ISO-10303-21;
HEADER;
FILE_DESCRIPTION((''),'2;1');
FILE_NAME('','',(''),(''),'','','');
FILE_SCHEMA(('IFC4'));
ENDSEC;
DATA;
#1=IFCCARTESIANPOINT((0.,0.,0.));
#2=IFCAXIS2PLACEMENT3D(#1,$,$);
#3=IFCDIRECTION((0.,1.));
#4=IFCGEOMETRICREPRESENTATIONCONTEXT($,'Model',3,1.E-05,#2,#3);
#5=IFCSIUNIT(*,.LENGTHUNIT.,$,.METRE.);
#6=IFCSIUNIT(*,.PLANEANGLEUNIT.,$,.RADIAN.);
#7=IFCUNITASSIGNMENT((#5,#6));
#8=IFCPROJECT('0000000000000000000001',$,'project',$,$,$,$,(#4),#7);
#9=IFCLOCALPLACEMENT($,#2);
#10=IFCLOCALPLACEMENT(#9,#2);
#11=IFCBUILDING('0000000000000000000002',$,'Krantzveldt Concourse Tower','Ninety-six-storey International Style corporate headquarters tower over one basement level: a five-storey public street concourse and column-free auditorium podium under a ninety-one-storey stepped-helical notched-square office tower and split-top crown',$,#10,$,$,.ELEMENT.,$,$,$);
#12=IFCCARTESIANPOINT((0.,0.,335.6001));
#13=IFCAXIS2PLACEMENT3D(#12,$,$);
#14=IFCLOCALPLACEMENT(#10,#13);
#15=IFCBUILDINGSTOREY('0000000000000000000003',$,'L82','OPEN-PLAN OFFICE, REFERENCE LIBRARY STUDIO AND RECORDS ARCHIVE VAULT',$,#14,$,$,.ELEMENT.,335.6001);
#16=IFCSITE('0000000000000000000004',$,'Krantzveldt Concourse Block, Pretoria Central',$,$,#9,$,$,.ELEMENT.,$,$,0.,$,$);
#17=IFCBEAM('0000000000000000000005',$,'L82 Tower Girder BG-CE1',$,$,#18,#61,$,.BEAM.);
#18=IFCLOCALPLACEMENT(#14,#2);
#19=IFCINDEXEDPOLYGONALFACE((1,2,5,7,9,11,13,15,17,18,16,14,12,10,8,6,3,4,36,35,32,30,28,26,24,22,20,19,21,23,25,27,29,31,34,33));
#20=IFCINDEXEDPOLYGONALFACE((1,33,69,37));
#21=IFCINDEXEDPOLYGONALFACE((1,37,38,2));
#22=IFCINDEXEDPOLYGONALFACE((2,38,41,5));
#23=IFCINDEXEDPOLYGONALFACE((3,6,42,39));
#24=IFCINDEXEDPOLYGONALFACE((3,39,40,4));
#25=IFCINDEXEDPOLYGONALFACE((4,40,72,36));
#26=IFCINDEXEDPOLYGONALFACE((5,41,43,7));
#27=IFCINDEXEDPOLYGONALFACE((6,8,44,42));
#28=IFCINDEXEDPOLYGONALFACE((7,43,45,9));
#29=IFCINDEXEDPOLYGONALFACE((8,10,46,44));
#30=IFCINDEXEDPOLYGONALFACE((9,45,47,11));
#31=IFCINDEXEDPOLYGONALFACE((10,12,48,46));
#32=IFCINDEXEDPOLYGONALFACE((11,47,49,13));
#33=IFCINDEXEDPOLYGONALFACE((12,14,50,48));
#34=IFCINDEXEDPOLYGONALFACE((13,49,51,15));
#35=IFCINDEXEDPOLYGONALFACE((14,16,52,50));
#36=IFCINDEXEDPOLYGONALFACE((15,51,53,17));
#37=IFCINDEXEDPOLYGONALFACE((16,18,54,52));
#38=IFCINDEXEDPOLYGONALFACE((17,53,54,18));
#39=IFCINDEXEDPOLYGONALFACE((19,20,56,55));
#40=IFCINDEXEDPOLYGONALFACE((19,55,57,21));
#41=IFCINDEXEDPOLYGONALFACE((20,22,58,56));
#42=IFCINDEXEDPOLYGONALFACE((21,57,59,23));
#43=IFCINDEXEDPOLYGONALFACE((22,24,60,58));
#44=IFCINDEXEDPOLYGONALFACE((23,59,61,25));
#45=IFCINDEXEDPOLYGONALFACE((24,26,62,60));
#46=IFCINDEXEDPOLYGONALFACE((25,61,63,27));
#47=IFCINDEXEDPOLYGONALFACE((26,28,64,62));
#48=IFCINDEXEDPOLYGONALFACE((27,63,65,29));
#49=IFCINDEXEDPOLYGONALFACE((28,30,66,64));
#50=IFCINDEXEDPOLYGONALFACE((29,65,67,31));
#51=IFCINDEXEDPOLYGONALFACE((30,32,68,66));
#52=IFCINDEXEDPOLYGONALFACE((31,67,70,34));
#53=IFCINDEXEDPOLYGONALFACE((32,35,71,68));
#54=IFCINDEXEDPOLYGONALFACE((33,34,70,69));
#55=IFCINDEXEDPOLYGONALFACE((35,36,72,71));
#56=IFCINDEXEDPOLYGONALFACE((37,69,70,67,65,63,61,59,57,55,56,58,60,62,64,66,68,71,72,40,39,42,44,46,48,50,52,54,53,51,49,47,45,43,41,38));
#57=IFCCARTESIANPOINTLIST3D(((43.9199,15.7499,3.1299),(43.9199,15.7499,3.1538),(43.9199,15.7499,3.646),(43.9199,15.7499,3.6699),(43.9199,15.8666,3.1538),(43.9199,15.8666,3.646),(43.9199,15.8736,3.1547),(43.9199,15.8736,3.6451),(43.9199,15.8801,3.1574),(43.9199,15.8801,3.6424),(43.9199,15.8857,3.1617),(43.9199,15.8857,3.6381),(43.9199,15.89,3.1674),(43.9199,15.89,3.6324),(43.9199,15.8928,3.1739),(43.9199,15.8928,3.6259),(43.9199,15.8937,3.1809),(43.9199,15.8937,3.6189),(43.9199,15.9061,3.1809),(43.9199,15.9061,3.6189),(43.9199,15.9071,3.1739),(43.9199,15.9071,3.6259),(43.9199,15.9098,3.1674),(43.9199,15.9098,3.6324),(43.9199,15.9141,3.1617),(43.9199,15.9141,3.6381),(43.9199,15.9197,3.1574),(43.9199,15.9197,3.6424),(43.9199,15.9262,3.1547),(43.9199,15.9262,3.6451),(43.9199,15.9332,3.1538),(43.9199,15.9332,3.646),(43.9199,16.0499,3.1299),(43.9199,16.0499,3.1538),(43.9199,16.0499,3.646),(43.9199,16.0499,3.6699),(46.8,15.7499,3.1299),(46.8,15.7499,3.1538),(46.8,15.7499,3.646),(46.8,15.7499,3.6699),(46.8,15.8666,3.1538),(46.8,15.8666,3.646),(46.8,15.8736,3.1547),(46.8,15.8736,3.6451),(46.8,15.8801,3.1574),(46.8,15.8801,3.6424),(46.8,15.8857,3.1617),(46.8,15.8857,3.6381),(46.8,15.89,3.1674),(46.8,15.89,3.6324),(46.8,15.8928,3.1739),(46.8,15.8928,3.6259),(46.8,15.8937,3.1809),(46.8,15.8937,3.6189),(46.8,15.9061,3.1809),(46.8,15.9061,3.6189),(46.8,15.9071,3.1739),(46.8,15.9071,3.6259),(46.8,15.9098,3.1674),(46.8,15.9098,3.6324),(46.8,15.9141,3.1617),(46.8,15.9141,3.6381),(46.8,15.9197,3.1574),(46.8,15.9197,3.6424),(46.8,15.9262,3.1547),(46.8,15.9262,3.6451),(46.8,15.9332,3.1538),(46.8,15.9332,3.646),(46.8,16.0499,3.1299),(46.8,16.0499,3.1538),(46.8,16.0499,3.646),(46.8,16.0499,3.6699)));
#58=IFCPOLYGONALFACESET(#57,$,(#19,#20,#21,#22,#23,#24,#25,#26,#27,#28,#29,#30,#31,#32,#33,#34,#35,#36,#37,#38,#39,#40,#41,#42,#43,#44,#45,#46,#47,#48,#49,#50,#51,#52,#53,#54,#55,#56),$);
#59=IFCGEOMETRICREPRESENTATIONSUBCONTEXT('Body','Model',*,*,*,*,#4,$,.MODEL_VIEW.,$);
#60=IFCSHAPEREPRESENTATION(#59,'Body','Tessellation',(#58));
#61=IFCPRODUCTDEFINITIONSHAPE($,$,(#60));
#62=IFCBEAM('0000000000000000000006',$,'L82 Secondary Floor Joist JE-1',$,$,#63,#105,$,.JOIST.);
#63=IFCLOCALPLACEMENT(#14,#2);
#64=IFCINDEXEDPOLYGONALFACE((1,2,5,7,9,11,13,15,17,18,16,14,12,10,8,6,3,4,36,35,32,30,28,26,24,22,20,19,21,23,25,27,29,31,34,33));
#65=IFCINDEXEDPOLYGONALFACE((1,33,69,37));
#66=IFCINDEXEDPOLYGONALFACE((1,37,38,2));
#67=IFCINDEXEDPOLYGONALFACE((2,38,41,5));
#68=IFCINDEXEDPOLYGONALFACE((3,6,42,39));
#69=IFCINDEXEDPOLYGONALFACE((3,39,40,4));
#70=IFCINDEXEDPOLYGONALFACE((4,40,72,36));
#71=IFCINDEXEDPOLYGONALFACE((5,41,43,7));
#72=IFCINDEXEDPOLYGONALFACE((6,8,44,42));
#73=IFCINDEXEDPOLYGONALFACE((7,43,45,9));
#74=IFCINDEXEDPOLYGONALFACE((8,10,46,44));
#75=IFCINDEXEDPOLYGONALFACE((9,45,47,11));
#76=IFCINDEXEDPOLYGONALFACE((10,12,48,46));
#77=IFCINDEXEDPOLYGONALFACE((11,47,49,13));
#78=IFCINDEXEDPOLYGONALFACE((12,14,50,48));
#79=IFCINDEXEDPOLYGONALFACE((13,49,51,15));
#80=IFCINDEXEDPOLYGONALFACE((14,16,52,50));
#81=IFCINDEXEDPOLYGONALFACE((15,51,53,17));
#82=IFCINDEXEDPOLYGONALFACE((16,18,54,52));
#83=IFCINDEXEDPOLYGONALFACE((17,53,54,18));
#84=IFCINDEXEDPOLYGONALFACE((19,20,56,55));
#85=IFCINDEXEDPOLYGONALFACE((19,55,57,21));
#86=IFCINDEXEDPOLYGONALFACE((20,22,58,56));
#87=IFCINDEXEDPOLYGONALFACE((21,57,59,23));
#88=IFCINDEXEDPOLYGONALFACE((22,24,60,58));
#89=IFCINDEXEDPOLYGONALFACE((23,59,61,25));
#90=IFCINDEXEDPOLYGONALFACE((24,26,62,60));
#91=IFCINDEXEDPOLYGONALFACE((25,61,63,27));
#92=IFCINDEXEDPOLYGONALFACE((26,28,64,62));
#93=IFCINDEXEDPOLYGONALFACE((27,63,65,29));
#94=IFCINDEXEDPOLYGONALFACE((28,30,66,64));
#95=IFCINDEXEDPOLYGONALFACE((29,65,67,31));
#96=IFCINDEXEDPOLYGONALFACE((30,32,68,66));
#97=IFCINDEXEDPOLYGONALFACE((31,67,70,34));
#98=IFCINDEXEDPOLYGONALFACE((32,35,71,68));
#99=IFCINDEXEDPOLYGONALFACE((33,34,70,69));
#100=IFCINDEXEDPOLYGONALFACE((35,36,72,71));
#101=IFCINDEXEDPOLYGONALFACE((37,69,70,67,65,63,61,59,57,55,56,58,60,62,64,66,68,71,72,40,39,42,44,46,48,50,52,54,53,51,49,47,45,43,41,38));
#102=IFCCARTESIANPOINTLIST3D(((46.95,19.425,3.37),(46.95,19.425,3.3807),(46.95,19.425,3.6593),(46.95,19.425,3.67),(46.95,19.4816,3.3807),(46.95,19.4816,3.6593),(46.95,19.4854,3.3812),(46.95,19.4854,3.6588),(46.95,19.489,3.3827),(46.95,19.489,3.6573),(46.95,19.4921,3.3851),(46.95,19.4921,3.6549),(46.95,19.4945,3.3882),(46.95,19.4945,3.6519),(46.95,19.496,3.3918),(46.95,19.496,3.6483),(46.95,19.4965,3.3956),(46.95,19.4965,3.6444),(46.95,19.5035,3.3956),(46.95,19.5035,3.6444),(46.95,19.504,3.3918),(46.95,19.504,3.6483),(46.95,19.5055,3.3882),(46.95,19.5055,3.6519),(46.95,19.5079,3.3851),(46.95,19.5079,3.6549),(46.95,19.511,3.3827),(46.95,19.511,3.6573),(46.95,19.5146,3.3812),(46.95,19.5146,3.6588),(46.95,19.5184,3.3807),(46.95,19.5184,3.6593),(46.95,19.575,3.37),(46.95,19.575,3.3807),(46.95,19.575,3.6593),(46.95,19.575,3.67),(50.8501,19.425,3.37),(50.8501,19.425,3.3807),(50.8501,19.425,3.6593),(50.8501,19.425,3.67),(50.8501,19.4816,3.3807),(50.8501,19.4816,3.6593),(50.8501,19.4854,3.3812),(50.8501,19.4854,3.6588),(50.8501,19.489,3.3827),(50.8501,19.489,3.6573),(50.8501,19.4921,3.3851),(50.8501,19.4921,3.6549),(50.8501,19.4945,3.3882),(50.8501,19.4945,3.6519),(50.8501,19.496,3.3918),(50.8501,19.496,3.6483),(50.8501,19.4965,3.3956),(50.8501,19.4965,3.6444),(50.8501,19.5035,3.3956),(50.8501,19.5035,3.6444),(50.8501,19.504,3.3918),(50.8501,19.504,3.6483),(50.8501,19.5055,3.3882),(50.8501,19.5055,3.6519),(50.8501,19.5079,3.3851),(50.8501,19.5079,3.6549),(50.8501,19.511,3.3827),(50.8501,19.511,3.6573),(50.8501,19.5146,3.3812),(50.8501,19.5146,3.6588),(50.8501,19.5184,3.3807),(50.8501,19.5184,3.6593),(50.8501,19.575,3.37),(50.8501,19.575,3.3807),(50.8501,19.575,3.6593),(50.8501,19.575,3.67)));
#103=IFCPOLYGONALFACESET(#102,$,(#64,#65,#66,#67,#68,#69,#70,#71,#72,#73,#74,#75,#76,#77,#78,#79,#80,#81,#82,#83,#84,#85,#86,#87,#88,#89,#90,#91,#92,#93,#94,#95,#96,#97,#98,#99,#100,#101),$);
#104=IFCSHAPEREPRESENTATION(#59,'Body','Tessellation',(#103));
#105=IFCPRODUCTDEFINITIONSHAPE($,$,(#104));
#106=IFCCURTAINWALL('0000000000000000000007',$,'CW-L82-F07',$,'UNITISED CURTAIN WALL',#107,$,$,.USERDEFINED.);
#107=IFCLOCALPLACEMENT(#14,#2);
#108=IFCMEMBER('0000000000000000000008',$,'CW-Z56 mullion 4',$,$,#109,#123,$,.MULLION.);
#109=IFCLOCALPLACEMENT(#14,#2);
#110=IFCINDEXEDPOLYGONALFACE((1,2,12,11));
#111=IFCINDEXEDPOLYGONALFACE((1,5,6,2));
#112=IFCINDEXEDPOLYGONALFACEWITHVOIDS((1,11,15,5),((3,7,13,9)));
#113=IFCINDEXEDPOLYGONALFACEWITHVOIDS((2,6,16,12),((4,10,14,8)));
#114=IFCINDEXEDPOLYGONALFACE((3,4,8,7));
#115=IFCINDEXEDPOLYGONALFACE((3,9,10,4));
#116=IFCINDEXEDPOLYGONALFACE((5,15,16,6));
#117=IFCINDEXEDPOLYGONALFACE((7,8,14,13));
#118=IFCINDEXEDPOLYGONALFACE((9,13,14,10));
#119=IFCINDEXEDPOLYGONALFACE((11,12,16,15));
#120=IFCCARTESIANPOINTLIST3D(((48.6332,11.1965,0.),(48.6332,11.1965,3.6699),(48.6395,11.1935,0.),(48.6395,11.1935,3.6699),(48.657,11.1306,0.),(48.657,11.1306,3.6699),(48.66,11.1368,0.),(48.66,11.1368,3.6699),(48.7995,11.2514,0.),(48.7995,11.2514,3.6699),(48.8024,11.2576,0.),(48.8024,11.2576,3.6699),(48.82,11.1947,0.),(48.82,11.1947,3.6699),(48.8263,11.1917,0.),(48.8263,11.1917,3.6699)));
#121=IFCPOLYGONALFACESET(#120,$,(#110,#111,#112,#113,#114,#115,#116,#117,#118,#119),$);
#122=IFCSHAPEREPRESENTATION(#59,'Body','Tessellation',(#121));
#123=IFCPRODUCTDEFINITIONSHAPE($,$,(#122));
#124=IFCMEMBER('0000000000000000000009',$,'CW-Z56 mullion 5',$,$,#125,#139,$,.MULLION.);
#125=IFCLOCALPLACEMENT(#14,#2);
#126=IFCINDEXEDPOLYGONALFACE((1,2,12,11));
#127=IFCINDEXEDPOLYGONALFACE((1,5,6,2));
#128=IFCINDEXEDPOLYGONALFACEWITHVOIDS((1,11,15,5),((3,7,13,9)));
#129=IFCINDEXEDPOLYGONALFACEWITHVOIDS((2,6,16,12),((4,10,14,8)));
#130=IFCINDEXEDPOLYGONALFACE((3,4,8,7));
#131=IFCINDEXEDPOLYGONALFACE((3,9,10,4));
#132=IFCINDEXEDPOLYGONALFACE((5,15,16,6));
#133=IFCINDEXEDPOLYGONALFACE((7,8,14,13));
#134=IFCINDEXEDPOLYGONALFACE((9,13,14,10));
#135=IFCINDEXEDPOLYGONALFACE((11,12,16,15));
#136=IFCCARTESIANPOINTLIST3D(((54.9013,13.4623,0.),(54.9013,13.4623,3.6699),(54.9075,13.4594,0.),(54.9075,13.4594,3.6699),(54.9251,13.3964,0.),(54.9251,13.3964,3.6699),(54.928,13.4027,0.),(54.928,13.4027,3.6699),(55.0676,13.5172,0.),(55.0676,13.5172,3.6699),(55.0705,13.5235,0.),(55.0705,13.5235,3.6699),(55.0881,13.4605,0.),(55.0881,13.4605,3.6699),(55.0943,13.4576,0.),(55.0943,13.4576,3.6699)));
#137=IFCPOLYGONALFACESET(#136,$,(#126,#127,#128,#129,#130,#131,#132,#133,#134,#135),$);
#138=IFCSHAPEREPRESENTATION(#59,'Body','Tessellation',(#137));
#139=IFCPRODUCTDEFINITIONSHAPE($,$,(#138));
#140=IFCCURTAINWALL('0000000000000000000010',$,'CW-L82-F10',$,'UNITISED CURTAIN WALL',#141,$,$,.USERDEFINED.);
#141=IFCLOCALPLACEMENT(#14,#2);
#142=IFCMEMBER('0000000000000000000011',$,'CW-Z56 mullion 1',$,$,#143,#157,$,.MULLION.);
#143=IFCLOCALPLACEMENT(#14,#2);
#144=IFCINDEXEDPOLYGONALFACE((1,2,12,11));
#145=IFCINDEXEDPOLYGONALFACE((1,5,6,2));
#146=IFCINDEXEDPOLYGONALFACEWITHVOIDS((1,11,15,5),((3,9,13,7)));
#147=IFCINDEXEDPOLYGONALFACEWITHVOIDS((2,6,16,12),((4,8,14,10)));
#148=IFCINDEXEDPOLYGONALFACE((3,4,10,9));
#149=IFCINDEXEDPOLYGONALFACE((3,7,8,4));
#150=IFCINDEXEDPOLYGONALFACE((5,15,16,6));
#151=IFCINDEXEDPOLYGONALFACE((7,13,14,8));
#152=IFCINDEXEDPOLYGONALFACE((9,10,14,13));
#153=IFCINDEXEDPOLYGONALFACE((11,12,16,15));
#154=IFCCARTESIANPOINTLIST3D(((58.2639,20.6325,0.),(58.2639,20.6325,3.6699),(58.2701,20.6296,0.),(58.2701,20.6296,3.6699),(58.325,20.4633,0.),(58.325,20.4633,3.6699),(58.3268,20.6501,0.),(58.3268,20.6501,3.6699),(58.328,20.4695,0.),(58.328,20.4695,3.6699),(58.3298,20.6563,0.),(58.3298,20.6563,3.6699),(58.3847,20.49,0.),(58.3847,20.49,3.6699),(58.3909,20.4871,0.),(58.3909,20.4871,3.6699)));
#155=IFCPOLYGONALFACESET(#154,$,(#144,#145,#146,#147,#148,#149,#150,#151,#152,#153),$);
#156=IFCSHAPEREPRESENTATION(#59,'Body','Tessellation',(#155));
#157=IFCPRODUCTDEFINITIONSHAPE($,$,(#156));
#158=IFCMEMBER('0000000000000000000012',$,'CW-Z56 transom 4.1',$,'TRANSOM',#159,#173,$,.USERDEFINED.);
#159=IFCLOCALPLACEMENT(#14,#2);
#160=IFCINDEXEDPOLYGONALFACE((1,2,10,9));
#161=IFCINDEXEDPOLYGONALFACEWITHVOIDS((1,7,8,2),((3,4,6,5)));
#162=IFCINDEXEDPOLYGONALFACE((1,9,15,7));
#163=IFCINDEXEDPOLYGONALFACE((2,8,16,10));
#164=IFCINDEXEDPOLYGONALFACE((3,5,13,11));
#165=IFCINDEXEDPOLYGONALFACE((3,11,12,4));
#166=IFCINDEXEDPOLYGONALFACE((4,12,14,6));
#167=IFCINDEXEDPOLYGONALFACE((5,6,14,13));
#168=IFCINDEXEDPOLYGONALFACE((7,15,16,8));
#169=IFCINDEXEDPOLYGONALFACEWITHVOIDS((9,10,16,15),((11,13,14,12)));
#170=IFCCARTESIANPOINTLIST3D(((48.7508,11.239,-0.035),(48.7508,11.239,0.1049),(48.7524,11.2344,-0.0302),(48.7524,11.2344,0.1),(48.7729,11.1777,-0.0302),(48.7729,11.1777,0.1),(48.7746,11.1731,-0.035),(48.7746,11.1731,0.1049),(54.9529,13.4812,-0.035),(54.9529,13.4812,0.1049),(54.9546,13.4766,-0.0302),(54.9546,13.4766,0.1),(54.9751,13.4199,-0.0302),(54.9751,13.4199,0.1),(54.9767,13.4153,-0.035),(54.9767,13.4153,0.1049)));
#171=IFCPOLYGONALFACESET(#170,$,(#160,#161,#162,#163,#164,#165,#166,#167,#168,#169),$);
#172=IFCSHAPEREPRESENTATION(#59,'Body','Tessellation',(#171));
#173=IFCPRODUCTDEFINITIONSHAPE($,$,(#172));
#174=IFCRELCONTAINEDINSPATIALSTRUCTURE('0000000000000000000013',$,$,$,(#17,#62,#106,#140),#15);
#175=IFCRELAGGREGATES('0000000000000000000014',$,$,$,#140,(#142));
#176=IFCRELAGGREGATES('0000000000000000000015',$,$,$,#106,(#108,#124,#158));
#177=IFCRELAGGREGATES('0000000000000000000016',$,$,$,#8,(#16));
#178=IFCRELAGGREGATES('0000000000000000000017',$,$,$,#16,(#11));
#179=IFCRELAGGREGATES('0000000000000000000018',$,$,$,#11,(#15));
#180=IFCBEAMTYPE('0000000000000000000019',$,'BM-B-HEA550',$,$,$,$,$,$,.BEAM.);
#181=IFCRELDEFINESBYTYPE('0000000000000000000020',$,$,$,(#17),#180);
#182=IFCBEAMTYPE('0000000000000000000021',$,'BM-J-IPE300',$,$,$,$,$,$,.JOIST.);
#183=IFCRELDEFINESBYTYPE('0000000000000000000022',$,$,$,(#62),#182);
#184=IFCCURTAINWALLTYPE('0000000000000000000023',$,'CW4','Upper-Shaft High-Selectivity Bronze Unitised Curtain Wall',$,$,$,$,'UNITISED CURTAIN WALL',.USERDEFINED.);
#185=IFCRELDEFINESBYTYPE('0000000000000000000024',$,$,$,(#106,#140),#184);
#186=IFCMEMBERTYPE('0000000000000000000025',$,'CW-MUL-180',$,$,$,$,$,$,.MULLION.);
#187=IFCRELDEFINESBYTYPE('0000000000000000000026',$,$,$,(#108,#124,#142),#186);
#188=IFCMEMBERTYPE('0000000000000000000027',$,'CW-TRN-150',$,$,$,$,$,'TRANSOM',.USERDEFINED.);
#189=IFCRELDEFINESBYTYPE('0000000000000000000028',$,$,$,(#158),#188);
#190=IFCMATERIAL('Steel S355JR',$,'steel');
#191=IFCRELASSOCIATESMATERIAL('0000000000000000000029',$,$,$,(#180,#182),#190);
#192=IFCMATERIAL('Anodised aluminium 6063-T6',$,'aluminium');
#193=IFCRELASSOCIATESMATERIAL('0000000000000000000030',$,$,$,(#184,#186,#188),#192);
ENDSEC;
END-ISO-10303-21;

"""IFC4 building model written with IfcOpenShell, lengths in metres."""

from ifc_helpers import new_model, si_unit, direction, frame, origin, origin_2d, place, context, subcontext, project, spatial, hollow_rectangle, i_section, extrude, source, transform, mapped, material, material_profile, profile_set, type_object, type_shapes, element, aggregate, save


model = new_model("IFC4")

# Units and contexts
model_context = context("Model", 3, precision=1e-05, world=origin(), true_north=direction((0.0, 1.0)))
body_context = subcontext(model_context, "Body", "Model", "MODEL_VIEW")
ifc_project = project(units=[si_unit("LENGTHUNIT", "METRE"), si_unit("PLANEANGLEUNIT", "RADIAN")], contexts=[model_context])

# Site, building, storey
site_placement = place(None, origin())
site = spatial("IfcSite", under=ifc_project, at=site_placement, Name="Krantzveldt Concourse Block, Pretoria Central", CompositionType="ELEMENT", RefElevation=0.0)
building_placement = place(site_placement, origin())
building = spatial("IfcBuilding", under=site, at=building_placement, Name="Krantzveldt Concourse Tower", Description="Ninety-six-storey International Style corporate headquarters tower over one basement level: a five-storey public street concourse and column-free auditorium podium under a ninety-one-storey stepped-helical notched-square office tower and split-top crown", CompositionType="ELEMENT")
storey_placement = place(building_placement, frame((0.0, 0.0, 335.6001)))
storey = spatial("IfcBuildingStorey", under=building, at=storey_placement, Name="L82", Description="OPEN-PLAN OFFICE, REFERENCE LIBRARY STUDIO AND RECORDS ARCHIVE VAULT", CompositionType="ELEMENT", Elevation=335.6001)

# Beams
ifc_material_1 = material(Name="Steel S355JR", Category="steel")
ifc_material_profile_1 = material_profile(ifc_material_1, i_section(OverallWidth=0.3, OverallDepth=0.54, WebThickness=0.0125, FlangeThickness=0.0239, FilletRadius=0.0271, at=origin_2d()), Name="Steel S355JR", Category="steel")
ifc_profile_set_1 = profile_set([ifc_material_profile_1], Name="Steel S355JR - HEA 550")
beam_type_1 = type_object("IfcBeamType", Name="BM-B-HEA550", PredefinedType="BEAM", material=ifc_profile_set_1)
shared_shape_1 = source(origin(), body_context, "Body", "SweptSolid", [
    extrude(i_section(OverallWidth=0.3, OverallDepth=0.54, WebThickness=0.0125, FlangeThickness=0.0239, FilletRadius=0.0271, at=origin_2d()), origin(), (0.0, 0.0, 1.0), 2.8801),
])
beam_1_placement = place(storey_placement, frame((43.9199, 15.8999, 3.3999), z_axis=(1.0, 0.0, 0.0), x_axis=(0.0, 1.0, 0.0)))
element("IfcBeam", 1, at=beam_1_placement, inside=storey, type_object=beam_type_1, Name="L82 Tower Girder BG-CE1", PredefinedType="BEAM", context=body_context, shape_type="MappedRepresentation", body=[
    mapped(shared_shape_1, transform((0.0, 0.0, 0.0), x_axis=(1.0, 0.0, 0.0), y_axis=(0.0, 1.0, 0.0), z_axis=(0.0, 0.0, 1.0), scale=1.0)),
])
ifc_material_profile_2 = material_profile(ifc_material_1, i_section(OverallWidth=0.1499, OverallDepth=0.3, WebThickness=0.0071, FlangeThickness=0.0107, FilletRadius=0.0149, at=origin_2d()), Name="Steel S355JR", Category="steel")
ifc_profile_set_2 = profile_set([ifc_material_profile_2], Name="Steel S355JR - IPE 300")
beam_type_2 = type_object("IfcBeamType", Name="BM-J-IPE300", PredefinedType="JOIST", material=ifc_profile_set_2)
shared_shape_2 = source(origin(), body_context, "Body", "SweptSolid", [
    extrude(i_section(OverallWidth=0.1499, OverallDepth=0.3, WebThickness=0.0071, FlangeThickness=0.0107, FilletRadius=0.0149, at=origin_2d()), origin(), (0.0, 0.0, 1.0), 3.9001),
])
type_shapes(beam_type_2, [shared_shape_2])
beam_2_placement = place(storey_placement, frame((46.95, 19.5, 3.52), z_axis=(1.0, 0.0, 0.0), x_axis=(0.0, 1.0, 0.0)))
element("IfcBeam", 2, at=beam_2_placement, inside=storey, type_object=beam_type_2, Name="L82 Secondary Floor Joist JE-1", PredefinedType="JOIST", context=body_context, shape_type="MappedRepresentation", body=[
    mapped(shared_shape_2, transform((0.0, 0.0, 0.0), x_axis=(1.0, 0.0, 0.0), y_axis=(0.0, 1.0, 0.0), z_axis=(0.0, 0.0, 1.0), scale=1.0)),
])

# Curtain wall, members
ifc_material_2 = material(Name="Anodised aluminium 6063-T6", Category="aluminium")
curtain_wall_type = type_object("IfcCurtainWallType", Name="CW4", Description="Upper-Shaft High-Selectivity Bronze Unitised Curtain Wall", ElementType="UNITISED CURTAIN WALL", PredefinedType="USERDEFINED", material=ifc_material_2)
curtain_wall_1_placement = place(storey_placement, origin())
curtain_wall_1 = element("IfcCurtainWall", 3, at=curtain_wall_1_placement, inside=storey, type_object=curtain_wall_type, Name="CW-L82-F07", ObjectType="UNITISED CURTAIN WALL", PredefinedType="USERDEFINED")
ifc_material_profile_3 = material_profile(ifc_material_2, hollow_rectangle(XDim=0.0701, YDim=0.1799, WallThickness=0.0049, at=origin_2d()), Name="Anodised aluminium 6063-T6", Category="aluminium")
ifc_profile_set_3 = profile_set([ifc_material_profile_3], Name="Anodised aluminium 6063-T6 - ALU-MULL 180x70x5")
member_type_1 = type_object("IfcMemberType", Name="CW-MUL-180", PredefinedType="MULLION", material=ifc_profile_set_3)
shared_shape_3 = source(origin(), body_context, "Body", "SweptSolid", [
    extrude(hollow_rectangle(XDim=0.0701, YDim=0.1799, WallThickness=0.0049, at=origin_2d()), origin(), (0.0, 0.0, 1.0), 3.6699),
])
type_shapes(member_type_1, [shared_shape_3])
member_1_placement = place(storey_placement, frame((48.7297, 11.1941, 0.0), z_axis=(0.0, 0.0, 1.0), x_axis=(-0.339969, 0.940437, 0.0)))
member_1 = element("IfcMember", 4, at=member_1_placement, type_object=member_type_1, Name="CW-Z56 mullion 4", PredefinedType="MULLION", context=body_context, shape_type="MappedRepresentation", body=[
    mapped(shared_shape_3, transform((0.0, 0.0, 0.0), x_axis=(1.0, 0.0, 0.0), y_axis=(0.0, 1.0, 0.0), z_axis=(0.0, 0.0, 1.0), scale=1.0)),
])
member_2_placement = place(storey_placement, frame((54.9978, 13.46, 0.0), z_axis=(0.0, 0.0, 1.0), x_axis=(-0.339969, 0.940437, 0.0)))
member_2 = element("IfcMember", 5, at=member_2_placement, type_object=member_type_1, Name="CW-Z56 mullion 5", PredefinedType="MULLION", context=body_context, shape_type="MappedRepresentation", body=[
    mapped(shared_shape_3, transform((0.0, 0.0, 0.0), x_axis=(1.0, 0.0, 0.0), y_axis=(0.0, 1.0, 0.0), z_axis=(0.0, 0.0, 1.0), scale=1.0)),
])

# Curtain wall, member
curtain_wall_2_placement = place(storey_placement, origin())
curtain_wall_2 = element("IfcCurtainWall", 6, at=curtain_wall_2_placement, inside=storey, type_object=curtain_wall_type, Name="CW-L82-F10", ObjectType="UNITISED CURTAIN WALL", PredefinedType="USERDEFINED")
member_3_placement = place(storey_placement, frame((58.3274, 20.5598, 0.0), z_axis=(0.0, 0.0, 1.0), x_axis=(-0.940437, -0.339969, 0.0)))
member_3 = element("IfcMember", 7, at=member_3_placement, type_object=member_type_1, Name="CW-Z56 mullion 1", PredefinedType="MULLION", context=body_context, shape_type="MappedRepresentation", body=[
    mapped(shared_shape_3, transform((0.0, 0.0, 0.0), x_axis=(1.0, 0.0, 0.0), y_axis=(0.0, 1.0, 0.0), z_axis=(0.0, 0.0, 1.0), scale=1.0)),
])

# Member
ifc_material_profile_4 = material_profile(ifc_material_2, hollow_rectangle(XDim=0.0701, YDim=0.1399, WallThickness=0.0049, at=origin_2d()), Name="Anodised aluminium 6063-T6", Category="aluminium")
ifc_profile_set_4 = profile_set([ifc_material_profile_4], Name="Anodised aluminium 6063-T6 - ALU-TRAN 140x70x5")
member_type_2 = type_object("IfcMemberType", Name="CW-TRN-150", ElementType="TRANSOM", PredefinedType="USERDEFINED", material=ifc_profile_set_4)
shared_shape_4 = source(origin(), body_context, "Body", "SweptSolid", [
    extrude(hollow_rectangle(XDim=0.0701, YDim=0.1399, WallThickness=0.0049, at=origin_2d()), origin(), (0.0, 0.0, 1.0), 6.595),
])
member_4_placement = place(storey_placement, frame((48.7627, 11.2061, 0.0349), z_axis=(0.940432, 0.339983, 0.0), x_axis=(-0.339983, 0.940432, 0.0)))
member_4 = element("IfcMember", 8, at=member_4_placement, type_object=member_type_2, Name="CW-Z56 transom 4.1", ObjectType="TRANSOM", PredefinedType="USERDEFINED", context=body_context, shape_type="MappedRepresentation", body=[
    mapped(shared_shape_4, transform((0.0, 0.0, 0.0), x_axis=(1.0, 0.0, 0.0), y_axis=(0.0, 1.0, 0.0), z_axis=(0.0, 0.0, 1.0), scale=1.0)),
])
aggregate(curtain_wall_2, [member_3])

aggregate(curtain_wall_1, [member_1, member_2, member_4])

save(model, "model.ifc")
